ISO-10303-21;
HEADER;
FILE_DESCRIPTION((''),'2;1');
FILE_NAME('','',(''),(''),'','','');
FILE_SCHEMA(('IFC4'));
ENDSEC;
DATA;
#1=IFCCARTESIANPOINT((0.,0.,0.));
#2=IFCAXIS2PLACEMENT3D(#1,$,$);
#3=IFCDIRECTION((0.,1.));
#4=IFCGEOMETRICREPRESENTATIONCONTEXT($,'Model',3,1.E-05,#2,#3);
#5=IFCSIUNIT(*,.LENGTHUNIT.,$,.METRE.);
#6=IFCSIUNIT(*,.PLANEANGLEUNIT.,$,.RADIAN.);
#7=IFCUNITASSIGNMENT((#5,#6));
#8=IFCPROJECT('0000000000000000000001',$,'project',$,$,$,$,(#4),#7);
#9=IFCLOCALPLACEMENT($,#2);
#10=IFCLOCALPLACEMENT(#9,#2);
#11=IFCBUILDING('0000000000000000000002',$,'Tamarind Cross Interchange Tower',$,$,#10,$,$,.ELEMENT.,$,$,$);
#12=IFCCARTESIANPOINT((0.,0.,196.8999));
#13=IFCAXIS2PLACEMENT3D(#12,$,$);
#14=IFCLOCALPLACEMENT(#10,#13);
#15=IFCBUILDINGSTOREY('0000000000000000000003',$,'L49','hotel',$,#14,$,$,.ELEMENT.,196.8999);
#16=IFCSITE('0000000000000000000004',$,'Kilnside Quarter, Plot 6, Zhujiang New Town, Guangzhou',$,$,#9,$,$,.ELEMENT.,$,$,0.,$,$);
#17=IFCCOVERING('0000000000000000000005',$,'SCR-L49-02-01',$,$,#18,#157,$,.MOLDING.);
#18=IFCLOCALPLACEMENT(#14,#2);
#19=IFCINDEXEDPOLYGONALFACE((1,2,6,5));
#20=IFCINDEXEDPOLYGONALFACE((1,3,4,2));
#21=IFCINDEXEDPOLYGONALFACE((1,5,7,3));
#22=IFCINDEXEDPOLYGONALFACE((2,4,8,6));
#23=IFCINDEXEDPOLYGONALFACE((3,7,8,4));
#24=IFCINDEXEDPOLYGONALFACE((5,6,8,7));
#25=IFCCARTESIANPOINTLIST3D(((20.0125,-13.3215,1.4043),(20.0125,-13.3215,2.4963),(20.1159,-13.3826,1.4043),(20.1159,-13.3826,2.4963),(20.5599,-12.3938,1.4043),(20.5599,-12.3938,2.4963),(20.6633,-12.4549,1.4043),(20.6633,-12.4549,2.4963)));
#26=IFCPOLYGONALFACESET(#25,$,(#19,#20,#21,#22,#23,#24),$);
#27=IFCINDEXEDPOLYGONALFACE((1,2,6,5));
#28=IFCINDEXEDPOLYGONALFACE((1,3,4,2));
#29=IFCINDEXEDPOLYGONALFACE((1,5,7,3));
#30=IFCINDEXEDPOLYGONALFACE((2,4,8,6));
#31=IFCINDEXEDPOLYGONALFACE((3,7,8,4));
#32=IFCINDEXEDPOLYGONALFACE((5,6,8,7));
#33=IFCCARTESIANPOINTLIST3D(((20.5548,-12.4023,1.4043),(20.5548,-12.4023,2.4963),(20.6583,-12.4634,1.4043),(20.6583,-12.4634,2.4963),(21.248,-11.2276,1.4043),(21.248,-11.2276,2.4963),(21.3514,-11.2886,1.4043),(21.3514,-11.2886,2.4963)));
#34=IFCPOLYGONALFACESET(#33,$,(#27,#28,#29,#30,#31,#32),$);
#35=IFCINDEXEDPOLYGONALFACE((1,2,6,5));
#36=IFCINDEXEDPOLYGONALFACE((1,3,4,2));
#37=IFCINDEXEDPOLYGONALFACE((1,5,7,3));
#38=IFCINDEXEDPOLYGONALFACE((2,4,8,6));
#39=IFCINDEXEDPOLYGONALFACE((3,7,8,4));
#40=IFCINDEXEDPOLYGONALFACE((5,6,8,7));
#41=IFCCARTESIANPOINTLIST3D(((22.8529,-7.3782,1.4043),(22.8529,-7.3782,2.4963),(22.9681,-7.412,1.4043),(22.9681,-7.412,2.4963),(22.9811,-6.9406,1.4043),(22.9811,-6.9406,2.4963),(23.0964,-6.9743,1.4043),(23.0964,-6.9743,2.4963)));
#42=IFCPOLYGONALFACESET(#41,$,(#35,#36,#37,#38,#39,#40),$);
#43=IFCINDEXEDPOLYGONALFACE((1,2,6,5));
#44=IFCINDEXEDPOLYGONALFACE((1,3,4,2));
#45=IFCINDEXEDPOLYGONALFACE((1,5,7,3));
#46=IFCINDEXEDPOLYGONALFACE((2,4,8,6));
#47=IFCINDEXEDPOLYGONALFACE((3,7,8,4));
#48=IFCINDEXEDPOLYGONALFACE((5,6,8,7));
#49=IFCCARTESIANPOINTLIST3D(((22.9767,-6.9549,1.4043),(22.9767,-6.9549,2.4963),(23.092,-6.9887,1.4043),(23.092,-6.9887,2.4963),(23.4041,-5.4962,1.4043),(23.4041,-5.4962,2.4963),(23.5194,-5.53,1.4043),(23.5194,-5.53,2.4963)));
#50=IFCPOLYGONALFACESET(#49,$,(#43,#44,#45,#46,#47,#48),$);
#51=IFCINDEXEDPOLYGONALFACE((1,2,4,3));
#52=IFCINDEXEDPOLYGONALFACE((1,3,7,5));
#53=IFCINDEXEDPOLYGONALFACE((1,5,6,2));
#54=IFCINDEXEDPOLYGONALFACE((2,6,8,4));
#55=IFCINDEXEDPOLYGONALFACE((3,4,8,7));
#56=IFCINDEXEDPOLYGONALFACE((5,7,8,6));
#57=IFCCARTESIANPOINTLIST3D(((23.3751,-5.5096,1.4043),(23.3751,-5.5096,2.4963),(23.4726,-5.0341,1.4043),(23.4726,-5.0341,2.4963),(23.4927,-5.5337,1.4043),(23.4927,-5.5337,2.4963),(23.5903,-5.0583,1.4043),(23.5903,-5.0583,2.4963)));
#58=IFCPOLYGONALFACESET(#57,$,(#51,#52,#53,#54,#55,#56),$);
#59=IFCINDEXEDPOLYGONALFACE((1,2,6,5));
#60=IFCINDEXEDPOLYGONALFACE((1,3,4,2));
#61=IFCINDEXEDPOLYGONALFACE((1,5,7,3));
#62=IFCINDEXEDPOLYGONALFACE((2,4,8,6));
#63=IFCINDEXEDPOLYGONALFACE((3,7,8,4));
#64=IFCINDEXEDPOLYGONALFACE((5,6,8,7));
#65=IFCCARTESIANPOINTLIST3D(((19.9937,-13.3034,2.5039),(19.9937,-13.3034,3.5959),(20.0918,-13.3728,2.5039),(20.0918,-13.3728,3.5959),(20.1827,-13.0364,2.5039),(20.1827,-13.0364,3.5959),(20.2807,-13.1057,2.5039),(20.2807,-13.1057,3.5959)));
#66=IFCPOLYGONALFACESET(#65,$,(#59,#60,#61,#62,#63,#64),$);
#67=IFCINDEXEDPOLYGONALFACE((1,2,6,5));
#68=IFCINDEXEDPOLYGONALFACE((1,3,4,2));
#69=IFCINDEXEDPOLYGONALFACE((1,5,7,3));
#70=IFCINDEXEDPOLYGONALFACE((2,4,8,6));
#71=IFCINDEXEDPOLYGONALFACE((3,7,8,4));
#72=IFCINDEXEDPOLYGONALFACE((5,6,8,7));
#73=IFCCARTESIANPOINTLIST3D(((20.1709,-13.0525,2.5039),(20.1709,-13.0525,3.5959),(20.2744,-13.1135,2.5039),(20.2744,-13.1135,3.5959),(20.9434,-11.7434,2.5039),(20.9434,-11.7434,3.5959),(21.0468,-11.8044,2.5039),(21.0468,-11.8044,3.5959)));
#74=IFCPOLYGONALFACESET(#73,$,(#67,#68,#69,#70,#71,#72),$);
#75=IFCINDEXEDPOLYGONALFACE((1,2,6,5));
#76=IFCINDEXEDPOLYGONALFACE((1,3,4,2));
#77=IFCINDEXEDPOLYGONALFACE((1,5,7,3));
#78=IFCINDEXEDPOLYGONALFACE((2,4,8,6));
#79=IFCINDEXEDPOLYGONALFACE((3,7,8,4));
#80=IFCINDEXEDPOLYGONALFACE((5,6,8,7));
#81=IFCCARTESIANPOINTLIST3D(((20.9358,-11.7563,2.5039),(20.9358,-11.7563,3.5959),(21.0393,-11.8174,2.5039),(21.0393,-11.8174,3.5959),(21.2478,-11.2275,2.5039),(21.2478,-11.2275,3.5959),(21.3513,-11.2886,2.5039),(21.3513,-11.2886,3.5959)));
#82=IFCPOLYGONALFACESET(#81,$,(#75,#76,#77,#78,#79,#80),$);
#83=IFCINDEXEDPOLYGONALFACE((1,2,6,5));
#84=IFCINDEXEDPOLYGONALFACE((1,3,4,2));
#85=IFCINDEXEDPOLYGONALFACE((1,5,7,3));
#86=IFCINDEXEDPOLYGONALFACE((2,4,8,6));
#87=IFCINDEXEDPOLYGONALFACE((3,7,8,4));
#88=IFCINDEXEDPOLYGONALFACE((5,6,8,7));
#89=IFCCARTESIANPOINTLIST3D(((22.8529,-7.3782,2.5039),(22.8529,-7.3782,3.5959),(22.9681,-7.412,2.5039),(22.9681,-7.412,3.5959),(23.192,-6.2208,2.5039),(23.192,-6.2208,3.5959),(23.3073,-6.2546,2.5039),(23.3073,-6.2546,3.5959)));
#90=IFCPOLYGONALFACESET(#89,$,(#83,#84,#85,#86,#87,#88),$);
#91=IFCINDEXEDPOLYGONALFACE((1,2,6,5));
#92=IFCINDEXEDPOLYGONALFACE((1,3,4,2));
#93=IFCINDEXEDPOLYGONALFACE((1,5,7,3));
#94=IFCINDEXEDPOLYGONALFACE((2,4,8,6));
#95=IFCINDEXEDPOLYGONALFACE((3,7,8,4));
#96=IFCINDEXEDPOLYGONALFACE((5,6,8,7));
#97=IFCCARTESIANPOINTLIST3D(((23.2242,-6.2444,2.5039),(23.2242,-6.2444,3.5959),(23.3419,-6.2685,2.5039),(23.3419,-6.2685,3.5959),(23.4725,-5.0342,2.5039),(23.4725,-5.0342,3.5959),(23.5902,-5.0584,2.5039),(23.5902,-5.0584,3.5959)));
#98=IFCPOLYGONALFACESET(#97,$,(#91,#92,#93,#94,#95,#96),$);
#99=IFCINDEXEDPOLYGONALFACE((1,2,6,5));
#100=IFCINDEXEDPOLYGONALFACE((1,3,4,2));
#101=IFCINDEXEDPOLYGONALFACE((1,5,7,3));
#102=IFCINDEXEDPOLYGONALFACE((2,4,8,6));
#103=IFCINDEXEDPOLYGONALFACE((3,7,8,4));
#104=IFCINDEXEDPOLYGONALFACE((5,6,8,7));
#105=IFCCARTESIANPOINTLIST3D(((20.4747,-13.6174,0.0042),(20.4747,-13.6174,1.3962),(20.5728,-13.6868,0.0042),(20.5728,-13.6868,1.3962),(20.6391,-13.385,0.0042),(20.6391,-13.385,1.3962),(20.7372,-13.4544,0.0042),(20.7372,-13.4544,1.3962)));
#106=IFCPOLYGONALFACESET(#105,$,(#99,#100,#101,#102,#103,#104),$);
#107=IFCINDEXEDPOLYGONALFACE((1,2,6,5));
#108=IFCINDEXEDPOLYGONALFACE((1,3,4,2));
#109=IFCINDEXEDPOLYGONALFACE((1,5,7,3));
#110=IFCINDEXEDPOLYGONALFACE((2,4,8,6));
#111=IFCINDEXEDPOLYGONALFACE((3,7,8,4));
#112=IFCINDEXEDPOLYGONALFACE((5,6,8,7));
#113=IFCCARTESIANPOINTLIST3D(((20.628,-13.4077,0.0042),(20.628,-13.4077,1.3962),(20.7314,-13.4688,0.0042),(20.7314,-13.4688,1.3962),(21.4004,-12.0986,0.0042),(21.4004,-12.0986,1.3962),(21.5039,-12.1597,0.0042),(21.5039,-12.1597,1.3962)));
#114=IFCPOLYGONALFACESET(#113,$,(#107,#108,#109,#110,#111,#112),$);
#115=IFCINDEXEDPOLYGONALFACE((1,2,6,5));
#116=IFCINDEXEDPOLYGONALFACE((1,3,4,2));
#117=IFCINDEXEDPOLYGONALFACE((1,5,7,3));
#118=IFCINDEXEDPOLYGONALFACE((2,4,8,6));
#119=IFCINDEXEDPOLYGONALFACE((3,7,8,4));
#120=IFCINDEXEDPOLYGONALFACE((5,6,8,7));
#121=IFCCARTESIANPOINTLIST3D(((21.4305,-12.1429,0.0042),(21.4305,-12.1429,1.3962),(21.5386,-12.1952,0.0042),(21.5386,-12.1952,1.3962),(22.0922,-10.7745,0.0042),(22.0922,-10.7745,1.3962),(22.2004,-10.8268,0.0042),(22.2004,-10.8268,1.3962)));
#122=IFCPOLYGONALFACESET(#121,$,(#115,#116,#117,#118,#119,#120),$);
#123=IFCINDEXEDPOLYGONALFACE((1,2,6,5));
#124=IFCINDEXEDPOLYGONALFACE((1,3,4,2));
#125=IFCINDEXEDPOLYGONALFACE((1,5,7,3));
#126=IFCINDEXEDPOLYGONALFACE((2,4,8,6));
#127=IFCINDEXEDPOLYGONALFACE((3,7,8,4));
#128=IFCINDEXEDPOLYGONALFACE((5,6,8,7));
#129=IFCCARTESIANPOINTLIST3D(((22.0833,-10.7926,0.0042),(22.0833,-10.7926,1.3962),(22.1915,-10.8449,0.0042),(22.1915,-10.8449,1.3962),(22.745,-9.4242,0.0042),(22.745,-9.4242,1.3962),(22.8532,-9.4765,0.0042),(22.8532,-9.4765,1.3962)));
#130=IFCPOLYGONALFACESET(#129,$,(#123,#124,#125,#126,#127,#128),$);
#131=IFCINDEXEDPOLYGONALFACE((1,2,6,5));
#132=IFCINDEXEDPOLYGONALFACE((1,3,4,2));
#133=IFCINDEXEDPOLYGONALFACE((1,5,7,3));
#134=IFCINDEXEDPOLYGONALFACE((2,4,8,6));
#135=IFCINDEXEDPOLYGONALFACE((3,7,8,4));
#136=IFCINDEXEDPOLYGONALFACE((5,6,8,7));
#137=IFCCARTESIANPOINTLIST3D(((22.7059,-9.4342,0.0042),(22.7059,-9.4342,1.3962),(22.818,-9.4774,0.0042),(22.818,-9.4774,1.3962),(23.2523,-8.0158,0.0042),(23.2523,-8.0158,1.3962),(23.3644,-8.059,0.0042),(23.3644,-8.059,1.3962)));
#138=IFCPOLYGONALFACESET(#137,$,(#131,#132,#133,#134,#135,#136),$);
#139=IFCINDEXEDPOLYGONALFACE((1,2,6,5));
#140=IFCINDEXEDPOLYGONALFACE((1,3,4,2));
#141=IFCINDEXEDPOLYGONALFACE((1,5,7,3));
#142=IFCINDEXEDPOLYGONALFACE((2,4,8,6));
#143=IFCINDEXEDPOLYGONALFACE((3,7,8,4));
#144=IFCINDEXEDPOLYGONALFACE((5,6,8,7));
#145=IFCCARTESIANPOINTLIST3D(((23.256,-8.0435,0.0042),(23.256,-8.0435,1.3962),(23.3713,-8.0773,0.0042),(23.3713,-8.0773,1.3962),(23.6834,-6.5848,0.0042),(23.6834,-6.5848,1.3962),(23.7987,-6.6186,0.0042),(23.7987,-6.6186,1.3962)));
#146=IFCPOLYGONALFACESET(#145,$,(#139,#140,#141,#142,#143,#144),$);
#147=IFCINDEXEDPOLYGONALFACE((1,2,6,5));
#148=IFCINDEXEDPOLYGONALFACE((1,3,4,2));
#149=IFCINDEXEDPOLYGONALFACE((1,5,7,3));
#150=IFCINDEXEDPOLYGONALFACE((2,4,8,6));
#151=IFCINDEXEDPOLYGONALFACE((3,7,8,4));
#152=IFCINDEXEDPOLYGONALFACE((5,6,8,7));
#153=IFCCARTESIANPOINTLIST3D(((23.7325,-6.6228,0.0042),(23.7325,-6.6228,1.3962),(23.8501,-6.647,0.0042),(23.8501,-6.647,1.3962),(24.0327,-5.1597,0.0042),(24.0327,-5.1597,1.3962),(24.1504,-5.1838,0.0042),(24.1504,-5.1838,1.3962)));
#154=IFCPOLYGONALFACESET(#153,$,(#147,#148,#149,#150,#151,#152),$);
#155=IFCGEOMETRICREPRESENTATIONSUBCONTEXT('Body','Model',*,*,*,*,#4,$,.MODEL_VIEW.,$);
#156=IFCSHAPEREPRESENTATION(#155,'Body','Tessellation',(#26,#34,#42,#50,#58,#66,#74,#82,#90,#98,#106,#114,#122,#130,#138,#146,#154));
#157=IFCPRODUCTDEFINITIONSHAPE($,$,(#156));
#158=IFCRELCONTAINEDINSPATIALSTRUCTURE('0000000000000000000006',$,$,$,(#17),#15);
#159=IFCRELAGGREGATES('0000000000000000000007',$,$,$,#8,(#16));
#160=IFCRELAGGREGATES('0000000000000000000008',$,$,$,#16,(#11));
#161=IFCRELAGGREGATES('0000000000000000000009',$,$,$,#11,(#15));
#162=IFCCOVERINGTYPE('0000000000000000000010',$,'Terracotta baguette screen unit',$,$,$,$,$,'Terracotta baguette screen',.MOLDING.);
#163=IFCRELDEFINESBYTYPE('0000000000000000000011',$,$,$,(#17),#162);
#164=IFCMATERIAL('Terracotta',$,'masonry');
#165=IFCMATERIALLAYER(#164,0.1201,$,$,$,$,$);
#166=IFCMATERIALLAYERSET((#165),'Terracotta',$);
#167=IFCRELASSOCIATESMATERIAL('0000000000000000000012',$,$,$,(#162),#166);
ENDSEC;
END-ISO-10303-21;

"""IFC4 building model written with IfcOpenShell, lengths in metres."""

from ifc_helpers import new_model, si_unit, direction, frame, origin, origin_2d, place, context, subcontext, project, spatial, rectangle, extrude, material, layer, layer_set, type_object, element, save


model = new_model("IFC4")

# Units and contexts
model_context = context("Model", 3, precision=1e-05, world=origin(), true_north=direction((0.0, 1.0)))
body_context = subcontext(model_context, "Body", "Model", "MODEL_VIEW")
ifc_project = project(units=[si_unit("LENGTHUNIT", "METRE"), si_unit("PLANEANGLEUNIT", "RADIAN")], contexts=[model_context])

# Site, building, storey
site_placement = place(None, origin())
site = spatial("IfcSite", under=ifc_project, at=site_placement, Name="Kilnside Quarter, Plot 6, Zhujiang New Town, Guangzhou", CompositionType="ELEMENT", RefElevation=0.0)
building_placement = place(site_placement, origin())
building = spatial("IfcBuilding", under=site, at=building_placement, Name="Tamarind Cross Interchange Tower", CompositionType="ELEMENT")
storey_placement = place(building_placement, frame((0.0, 0.0, 196.8999)))
storey = spatial("IfcBuildingStorey", under=building, at=storey_placement, Name="L49", Description="hotel", CompositionType="ELEMENT", Elevation=196.8999)

# Covering
ifc_material_1 = material(Name="Terracotta", Category="masonry")
ifc_layer_1 = layer(ifc_material_1, 0.1201)
ifc_layer_set_1 = layer_set([ifc_layer_1], Name="Terracotta")
covering_type = type_object("IfcCoveringType", Name="Terracotta baguette screen unit", ElementType="Terracotta baguette screen", PredefinedType="MOLDING", material=ifc_layer_set_1)
covering_1_placement = place(storey_placement, origin())
element("IfcCovering", 1, at=covering_1_placement, inside=storey, type_object=covering_type, Name="SCR-L49-02-01", PredefinedType="MOLDING", context=body_context, shape_type="SweptSolid", body=[
    extrude(rectangle(XDim=1.0771, YDim=0.1201, at=origin_2d()), frame((20.3379, -12.8882, 1.4043), z_axis=(0.0, 0.0, 1.0), x_axis=(0.508183, 0.861249, 0.0)), (0.0, 0.0, 1.0), 1.092),
    extrude(rectangle(XDim=1.364, YDim=0.1201, at=origin_2d()), frame((20.9531, -11.8455, 1.4043), z_axis=(0.0, 0.0, 1.0), x_axis=(0.508183, 0.861249, 0.0)), (0.0, 0.0, 1.0), 1.092),
    extrude(rectangle(XDim=0.4561, YDim=0.1201, at=origin_2d()), frame((22.9746, -7.1763, 1.4043), z_axis=(0.0, 0.0, 1.0), x_axis=(0.281209, 0.959647, 0.0)), (0.0, 0.0, 1.0), 1.092),
    extrude(rectangle(XDim=1.52, YDim=0.1201, at=origin_2d()), frame((23.248, -6.2424, 1.4043), z_axis=(0.0, 0.0, 1.0), x_axis=(0.281209, 0.959647, 0.0)), (0.0, 0.0, 1.0), 1.092),
    extrude(rectangle(XDim=0.4854, YDim=0.1201, at=origin_2d()), frame((23.4827, -5.2839, 1.4043), z_axis=(0.0, 0.0, 1.0), x_axis=(0.201001, 0.979591, 0.0)), (0.0, 0.0, 1.0), 1.092),
    extrude(rectangle(XDim=0.3271, YDim=0.1201, at=origin_2d()), frame((20.1372, -13.2046, 2.5039), z_axis=(0.0, 0.0, 1.0), x_axis=(0.577569, 0.816342, 0.0)), (0.0, 0.0, 1.0), 1.092),
    extrude(rectangle(XDim=1.52, YDim=0.1201, at=origin_2d()), frame((20.6089, -12.4285, 2.5039), z_axis=(0.0, 0.0, 1.0), x_axis=(0.508183, 0.861249, 0.0)), (0.0, 0.0, 1.0), 1.092),
    extrude(rectangle(XDim=0.614, YDim=0.1201, at=origin_2d()), frame((21.1436, -11.5225, 2.5039), z_axis=(0.0, 0.0, 1.0), x_axis=(0.508183, 0.861249, 0.0)), (0.0, 0.0, 1.0), 1.092),
    extrude(rectangle(XDim=1.2061, YDim=0.1201, at=origin_2d()), frame((23.0801, -6.8164, 2.5039), z_axis=(0.0, 0.0, 1.0), x_axis=(0.281209, 0.959647, 0.0)), (0.0, 0.0, 1.0), 1.092),
    extrude(rectangle(XDim=1.2354, YDim=0.1201, at=origin_2d()), frame((23.4072, -5.6514, 2.5039), z_axis=(0.0, 0.0, 1.0), x_axis=(0.201001, 0.979591, 0.0)), (0.0, 0.0, 1.0), 1.092),
    extrude(rectangle(XDim=0.2847, YDim=0.1201, at=origin_2d()), frame((20.606, -13.5359, 0.0042), z_axis=(0.0, 0.0, 1.0), x_axis=(0.577569, 0.816342, 0.0)), (0.0, 0.0, 1.0), 1.3921),
    extrude(rectangle(XDim=1.52, YDim=0.1201, at=origin_2d()), frame((21.0659, -12.7837, 0.0042), z_axis=(0.0, 0.0, 1.0), x_axis=(0.508183, 0.861249, 0.0)), (0.0, 0.0, 1.0), 1.3921),
    extrude(rectangle(XDim=1.52, YDim=0.1201, at=origin_2d()), frame((21.8154, -11.4849, 0.0042), z_axis=(0.0, 0.0, 1.0), x_axis=(0.435326, 0.900273, 0.0)), (0.0, 0.0, 1.0), 1.3921),
    extrude(rectangle(XDim=1.52, YDim=0.1201, at=origin_2d()), frame((22.4683, -10.1345, 0.0042), z_axis=(0.0, 0.0, 1.0), x_axis=(0.435326, 0.900273, 0.0)), (0.0, 0.0, 1.0), 1.3921),
    extrude(rectangle(XDim=1.52, YDim=0.1201, at=origin_2d()), frame((23.0352, -8.7466, 0.0042), z_axis=(0.0, 0.0, 1.0), x_axis=(0.359495, 0.933147, 0.0)), (0.0, 0.0, 1.0), 1.3921),
    extrude(rectangle(XDim=1.52, YDim=0.1201, at=origin_2d()), frame((23.5273, -7.3311, 0.0042), z_axis=(0.0, 0.0, 1.0), x_axis=(0.281209, 0.959647, 0.0)), (0.0, 0.0, 1.0), 1.3921),
    extrude(rectangle(XDim=1.4937, YDim=0.1201, at=origin_2d()), frame((23.9414, -5.9033, 0.0042), z_axis=(0.0, 0.0, 1.0), x_axis=(0.201001, 0.979591, 0.0)), (0.0, 0.0, 1.0), 1.3921),
])

save(model, "model.ifc")
